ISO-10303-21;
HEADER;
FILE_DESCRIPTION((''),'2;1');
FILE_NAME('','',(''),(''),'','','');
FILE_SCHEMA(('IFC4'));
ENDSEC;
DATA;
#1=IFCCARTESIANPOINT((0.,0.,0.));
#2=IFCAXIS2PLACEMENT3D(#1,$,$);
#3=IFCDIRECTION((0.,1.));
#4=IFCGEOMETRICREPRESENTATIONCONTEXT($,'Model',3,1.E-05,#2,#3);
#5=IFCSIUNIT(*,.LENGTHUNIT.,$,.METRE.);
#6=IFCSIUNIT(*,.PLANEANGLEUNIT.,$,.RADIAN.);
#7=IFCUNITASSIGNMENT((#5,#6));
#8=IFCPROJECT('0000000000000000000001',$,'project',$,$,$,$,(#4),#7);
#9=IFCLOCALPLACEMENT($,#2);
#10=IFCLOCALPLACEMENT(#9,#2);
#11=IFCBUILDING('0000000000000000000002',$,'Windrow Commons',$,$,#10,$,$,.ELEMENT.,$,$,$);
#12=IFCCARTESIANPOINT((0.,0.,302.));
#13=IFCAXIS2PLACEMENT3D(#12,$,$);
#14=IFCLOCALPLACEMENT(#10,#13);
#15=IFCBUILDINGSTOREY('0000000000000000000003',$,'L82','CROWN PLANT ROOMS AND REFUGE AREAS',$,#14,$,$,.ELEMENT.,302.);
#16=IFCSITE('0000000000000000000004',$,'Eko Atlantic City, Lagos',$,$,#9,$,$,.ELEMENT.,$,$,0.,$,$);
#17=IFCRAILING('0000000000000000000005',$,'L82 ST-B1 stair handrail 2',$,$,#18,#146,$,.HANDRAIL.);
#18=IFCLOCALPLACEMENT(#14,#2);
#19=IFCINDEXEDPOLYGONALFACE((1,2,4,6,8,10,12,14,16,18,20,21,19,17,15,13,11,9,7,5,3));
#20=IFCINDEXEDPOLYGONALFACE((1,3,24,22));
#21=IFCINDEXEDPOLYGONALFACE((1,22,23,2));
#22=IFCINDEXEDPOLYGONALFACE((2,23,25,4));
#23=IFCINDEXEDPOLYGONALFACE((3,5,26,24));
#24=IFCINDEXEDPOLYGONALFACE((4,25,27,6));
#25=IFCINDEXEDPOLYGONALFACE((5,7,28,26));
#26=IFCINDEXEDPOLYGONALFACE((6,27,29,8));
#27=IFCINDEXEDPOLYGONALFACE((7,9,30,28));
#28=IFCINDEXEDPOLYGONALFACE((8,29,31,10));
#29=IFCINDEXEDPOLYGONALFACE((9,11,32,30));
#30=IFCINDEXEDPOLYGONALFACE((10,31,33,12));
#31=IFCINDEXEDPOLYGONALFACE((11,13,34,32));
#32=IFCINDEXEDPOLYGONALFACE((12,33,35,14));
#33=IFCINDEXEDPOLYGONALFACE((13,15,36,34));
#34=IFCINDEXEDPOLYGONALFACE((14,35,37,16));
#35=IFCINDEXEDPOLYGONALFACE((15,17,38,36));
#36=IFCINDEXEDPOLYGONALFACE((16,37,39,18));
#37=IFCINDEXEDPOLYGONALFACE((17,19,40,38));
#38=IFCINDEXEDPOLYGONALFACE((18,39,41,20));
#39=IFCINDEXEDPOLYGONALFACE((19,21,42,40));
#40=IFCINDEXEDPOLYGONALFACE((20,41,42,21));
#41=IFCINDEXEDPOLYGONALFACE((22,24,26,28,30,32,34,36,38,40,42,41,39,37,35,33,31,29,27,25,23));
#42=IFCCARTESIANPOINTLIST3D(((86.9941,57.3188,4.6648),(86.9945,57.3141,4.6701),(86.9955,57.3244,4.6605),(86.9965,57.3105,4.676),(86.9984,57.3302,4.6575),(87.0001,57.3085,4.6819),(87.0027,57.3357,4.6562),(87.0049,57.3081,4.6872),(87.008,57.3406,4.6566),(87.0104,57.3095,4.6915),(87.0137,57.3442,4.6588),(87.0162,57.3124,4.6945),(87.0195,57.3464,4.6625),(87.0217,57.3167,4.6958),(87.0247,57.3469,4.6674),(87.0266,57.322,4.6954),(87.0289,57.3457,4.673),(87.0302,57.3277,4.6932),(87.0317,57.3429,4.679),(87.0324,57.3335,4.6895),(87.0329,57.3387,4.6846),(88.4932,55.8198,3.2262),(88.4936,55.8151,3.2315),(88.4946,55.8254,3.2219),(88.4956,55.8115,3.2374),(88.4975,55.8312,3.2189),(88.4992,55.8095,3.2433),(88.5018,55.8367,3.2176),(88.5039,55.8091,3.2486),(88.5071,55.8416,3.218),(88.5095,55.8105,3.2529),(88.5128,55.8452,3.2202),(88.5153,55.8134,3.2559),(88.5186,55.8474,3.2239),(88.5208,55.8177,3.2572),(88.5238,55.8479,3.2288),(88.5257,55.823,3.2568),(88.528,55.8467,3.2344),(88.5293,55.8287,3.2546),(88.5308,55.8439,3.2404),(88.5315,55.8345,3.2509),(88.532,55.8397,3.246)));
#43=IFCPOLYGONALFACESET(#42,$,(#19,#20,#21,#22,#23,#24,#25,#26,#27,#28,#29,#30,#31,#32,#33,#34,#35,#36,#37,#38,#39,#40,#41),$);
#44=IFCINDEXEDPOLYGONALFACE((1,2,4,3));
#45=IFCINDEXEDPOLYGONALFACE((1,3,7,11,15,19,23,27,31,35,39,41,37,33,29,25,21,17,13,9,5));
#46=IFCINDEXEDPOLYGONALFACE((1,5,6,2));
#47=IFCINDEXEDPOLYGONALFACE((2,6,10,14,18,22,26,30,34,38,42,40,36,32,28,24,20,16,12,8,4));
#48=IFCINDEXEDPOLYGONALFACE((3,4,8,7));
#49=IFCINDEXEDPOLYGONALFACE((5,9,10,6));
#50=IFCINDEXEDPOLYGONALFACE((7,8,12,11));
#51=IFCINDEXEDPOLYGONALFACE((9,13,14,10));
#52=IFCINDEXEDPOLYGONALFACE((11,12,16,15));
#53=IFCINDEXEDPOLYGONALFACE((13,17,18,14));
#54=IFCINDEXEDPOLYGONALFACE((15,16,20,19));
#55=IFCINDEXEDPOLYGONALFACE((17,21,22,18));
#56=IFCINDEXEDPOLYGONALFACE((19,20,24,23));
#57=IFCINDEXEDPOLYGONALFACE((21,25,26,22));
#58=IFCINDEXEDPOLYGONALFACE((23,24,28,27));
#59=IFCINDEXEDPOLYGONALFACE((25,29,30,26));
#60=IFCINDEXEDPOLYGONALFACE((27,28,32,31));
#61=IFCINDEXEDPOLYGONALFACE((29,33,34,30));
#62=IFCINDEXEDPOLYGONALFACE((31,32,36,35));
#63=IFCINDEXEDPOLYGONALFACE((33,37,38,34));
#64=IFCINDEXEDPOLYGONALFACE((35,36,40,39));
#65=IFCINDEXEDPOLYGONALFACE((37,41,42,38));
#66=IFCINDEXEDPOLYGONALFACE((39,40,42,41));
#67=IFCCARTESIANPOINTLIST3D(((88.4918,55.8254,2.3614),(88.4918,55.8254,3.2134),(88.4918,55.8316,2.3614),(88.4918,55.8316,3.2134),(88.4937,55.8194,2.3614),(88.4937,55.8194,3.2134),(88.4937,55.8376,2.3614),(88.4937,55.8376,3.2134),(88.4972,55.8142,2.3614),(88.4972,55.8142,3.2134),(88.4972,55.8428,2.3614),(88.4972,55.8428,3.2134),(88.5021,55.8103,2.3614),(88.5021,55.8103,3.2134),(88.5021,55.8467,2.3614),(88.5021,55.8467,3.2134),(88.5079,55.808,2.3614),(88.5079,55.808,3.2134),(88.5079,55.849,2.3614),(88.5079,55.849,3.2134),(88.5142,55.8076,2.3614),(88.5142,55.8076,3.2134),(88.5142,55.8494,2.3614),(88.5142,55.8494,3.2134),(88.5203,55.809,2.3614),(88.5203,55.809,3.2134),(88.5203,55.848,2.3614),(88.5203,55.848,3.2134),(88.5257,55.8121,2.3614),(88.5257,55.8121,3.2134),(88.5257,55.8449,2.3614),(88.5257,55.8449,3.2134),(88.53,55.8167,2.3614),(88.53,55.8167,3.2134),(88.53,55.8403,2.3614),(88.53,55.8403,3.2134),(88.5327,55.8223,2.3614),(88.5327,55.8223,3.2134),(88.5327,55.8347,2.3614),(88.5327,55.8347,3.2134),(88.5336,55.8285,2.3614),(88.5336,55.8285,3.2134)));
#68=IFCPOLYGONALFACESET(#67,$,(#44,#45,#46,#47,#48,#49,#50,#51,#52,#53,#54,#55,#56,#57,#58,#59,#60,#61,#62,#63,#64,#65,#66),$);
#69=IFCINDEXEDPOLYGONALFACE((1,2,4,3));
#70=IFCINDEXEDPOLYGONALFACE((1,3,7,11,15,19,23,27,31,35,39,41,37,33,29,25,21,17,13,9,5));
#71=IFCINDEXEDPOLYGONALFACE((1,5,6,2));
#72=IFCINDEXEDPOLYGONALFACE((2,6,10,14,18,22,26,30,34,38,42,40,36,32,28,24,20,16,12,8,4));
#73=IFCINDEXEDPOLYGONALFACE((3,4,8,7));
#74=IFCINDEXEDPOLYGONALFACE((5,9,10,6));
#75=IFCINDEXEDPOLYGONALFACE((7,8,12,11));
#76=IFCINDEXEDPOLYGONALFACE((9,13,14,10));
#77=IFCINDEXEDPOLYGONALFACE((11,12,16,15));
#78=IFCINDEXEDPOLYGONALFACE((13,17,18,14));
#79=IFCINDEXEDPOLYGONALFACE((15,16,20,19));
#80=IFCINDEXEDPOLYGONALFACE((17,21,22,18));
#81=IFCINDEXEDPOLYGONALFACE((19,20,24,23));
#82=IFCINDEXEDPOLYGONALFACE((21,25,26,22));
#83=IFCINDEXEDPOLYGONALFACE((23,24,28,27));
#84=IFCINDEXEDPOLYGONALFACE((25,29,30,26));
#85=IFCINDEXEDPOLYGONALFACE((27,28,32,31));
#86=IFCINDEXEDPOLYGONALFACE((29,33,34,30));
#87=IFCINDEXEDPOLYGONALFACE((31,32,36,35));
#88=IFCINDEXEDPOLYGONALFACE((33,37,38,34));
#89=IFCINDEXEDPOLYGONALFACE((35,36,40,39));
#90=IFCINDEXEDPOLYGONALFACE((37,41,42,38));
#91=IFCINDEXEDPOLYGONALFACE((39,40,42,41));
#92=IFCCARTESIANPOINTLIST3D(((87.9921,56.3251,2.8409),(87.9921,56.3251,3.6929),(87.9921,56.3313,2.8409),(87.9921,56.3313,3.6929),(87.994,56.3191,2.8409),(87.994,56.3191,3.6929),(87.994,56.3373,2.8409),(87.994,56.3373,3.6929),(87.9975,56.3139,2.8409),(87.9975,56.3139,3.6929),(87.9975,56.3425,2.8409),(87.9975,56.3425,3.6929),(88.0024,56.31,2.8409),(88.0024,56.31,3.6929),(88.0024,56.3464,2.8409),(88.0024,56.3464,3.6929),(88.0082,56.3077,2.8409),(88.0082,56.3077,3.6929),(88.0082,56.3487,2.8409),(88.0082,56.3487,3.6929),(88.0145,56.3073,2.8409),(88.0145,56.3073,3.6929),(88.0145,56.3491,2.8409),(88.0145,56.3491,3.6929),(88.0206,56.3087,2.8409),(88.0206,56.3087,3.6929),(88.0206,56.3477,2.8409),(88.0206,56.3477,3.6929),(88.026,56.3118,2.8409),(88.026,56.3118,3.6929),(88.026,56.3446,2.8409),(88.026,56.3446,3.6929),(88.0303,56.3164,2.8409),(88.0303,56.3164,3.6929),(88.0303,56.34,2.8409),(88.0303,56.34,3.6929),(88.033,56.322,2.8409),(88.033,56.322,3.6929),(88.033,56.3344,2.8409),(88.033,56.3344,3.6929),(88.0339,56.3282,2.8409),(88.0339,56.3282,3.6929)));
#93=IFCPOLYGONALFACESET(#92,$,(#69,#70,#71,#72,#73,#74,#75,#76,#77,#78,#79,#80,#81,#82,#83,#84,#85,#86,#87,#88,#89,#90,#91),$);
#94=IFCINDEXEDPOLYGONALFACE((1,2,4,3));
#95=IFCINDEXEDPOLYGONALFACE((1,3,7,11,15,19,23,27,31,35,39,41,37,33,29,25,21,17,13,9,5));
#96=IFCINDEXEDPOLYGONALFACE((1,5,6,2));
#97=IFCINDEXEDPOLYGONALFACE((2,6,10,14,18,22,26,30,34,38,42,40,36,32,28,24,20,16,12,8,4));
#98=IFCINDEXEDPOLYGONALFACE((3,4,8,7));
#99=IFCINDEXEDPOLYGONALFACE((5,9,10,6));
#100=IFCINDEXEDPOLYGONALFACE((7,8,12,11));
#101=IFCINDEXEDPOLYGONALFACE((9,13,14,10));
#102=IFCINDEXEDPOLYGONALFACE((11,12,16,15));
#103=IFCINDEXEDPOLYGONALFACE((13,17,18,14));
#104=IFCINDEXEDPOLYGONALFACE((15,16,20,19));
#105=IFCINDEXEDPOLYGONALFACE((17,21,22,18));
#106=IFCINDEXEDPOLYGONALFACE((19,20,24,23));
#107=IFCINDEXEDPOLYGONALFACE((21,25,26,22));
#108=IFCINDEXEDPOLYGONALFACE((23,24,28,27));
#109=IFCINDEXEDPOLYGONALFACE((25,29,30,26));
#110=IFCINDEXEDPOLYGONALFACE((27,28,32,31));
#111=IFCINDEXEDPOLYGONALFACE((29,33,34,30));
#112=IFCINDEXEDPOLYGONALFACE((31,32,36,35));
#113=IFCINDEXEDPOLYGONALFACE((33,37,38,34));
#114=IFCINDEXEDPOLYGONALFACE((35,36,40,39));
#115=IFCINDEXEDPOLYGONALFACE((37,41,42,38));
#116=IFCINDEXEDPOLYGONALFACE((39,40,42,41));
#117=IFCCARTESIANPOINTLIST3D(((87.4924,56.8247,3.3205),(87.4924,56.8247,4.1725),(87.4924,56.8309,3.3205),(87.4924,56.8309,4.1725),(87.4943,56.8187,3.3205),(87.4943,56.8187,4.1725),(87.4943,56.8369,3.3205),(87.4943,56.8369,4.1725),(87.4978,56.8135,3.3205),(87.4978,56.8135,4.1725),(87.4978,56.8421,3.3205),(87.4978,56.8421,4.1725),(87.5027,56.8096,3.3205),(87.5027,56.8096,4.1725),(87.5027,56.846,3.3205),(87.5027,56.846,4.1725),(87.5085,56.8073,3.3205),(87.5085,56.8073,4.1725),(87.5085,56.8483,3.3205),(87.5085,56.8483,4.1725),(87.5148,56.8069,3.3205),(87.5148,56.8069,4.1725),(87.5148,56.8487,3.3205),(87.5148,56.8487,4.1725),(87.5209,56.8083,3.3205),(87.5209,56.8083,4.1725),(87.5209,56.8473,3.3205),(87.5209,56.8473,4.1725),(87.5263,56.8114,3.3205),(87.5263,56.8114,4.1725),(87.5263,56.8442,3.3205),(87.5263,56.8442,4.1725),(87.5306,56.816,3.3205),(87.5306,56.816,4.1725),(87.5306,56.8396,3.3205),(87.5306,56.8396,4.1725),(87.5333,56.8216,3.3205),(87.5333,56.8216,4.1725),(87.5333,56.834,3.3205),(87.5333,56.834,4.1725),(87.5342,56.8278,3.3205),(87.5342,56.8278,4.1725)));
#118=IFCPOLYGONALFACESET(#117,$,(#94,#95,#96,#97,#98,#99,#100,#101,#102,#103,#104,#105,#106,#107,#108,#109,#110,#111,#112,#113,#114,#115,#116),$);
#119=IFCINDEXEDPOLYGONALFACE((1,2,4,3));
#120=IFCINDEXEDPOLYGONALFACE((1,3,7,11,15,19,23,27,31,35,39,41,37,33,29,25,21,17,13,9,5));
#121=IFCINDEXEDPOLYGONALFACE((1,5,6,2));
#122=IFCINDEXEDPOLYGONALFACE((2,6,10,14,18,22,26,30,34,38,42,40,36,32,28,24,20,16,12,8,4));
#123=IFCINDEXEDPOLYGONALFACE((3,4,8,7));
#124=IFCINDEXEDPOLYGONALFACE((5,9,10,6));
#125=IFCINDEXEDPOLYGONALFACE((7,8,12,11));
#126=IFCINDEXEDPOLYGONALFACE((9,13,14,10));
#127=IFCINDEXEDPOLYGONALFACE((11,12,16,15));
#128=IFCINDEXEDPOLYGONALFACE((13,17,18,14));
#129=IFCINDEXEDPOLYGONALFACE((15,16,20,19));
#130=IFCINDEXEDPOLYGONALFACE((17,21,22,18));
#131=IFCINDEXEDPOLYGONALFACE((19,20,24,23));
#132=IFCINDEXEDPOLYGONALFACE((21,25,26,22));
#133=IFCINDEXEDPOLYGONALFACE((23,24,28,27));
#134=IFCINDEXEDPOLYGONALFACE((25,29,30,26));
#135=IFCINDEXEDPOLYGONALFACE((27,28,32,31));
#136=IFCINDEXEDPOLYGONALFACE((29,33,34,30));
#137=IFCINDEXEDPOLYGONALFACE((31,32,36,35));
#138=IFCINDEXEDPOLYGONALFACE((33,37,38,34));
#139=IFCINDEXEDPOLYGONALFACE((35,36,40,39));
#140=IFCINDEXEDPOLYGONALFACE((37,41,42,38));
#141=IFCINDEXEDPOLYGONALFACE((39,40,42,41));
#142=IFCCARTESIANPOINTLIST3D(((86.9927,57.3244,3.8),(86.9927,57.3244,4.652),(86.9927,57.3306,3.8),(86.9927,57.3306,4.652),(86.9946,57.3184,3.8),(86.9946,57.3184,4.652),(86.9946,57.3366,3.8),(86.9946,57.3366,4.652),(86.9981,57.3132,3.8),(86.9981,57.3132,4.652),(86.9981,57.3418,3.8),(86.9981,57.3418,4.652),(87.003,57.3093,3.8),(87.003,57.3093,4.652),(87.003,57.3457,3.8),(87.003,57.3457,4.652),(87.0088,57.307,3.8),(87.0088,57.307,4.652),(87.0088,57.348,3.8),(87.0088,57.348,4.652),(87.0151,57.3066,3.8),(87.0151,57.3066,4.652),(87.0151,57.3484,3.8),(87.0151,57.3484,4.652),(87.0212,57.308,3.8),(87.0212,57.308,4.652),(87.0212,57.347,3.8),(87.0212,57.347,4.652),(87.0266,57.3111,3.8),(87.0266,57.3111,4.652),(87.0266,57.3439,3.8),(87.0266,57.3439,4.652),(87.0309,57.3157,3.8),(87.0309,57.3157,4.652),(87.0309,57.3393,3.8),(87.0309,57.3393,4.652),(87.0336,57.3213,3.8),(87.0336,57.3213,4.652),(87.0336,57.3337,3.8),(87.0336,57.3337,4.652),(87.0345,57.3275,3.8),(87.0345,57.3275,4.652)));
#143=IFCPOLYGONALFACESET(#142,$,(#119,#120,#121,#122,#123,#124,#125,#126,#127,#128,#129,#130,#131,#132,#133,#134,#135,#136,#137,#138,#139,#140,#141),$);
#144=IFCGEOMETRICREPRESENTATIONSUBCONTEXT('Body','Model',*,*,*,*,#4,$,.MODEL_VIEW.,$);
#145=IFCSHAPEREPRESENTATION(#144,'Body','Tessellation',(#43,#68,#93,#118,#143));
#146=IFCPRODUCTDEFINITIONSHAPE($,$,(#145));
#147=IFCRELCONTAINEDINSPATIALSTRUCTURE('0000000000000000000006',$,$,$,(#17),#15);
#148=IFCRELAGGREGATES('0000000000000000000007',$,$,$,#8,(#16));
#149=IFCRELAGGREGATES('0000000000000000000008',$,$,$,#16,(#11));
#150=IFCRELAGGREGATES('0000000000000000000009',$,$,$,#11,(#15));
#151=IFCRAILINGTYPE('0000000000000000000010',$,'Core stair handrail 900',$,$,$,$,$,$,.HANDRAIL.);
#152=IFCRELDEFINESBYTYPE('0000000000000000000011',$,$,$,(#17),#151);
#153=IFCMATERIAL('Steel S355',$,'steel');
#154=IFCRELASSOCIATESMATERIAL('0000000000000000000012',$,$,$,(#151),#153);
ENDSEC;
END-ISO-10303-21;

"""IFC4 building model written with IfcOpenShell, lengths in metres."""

from ifc_helpers import new_model, si_unit, direction, frame, origin, origin_2d, place, context, subcontext, project, spatial, circle, extrude, material, type_object, element, save


model = new_model("IFC4")

# Units and contexts
model_context = context("Model", 3, precision=1e-05, world=origin(), true_north=direction((0.0, 1.0)))
body_context = subcontext(model_context, "Body", "Model", "MODEL_VIEW")
ifc_project = project(units=[si_unit("LENGTHUNIT", "METRE"), si_unit("PLANEANGLEUNIT", "RADIAN")], contexts=[model_context])

# Site, building, storey
site_placement = place(None, origin())
site = spatial("IfcSite", under=ifc_project, at=site_placement, Name="Eko Atlantic City, Lagos", CompositionType="ELEMENT", RefElevation=0.0)
building_placement = place(site_placement, origin())
building = spatial("IfcBuilding", under=site, at=building_placement, Name="Windrow Commons", CompositionType="ELEMENT")
storey_placement = place(building_placement, frame((0.0, 0.0, 302.0)))
storey = spatial("IfcBuildingStorey", under=building, at=storey_placement, Name="L82", Description="CROWN PLANT ROOMS AND REFUGE AREAS", CompositionType="ELEMENT", Elevation=302.0)

# Railing
ifc_material_1 = material(Name="Steel S355", Category="steel")
railing_type_1 = type_object("IfcRailingType", Name="Core stair handrail 900", PredefinedType="HANDRAIL", material=ifc_material_1)
railing_1_placement = place(storey_placement, frame((88.5126, 55.8285, 2.3614)))
element("IfcRailing", 1, at=railing_1_placement, inside=storey, type_object=railing_type_1, Name="L82 ST-B1 stair handrail 2", PredefinedType="HANDRAIL", context=body_context, shape_type="SweptSolid", body=[
    extrude(circle(Radius=0.024, at=origin_2d()), frame((0.0, 0.0, 0.876), z_axis=(-0.585128, 0.585089, 0.561513), x_axis=(-0.707083, -0.70713, 0.0)), (0.0, 0.0, 1.0), 2.562),
    extrude(circle(Radius=0.021, at=origin_2d()), origin(), (0.0, 0.0, 1.0), 0.852),
    extrude(circle(Radius=0.021, at=origin_2d()), frame((-0.4997, 0.4997, 0.4795)), (0.0, 0.0, 1.0), 0.852),
    extrude(circle(Radius=0.021, at=origin_2d()), frame((-0.9994, 0.9993, 0.9591)), (0.0, 0.0, 1.0), 0.852),
    extrude(circle(Radius=0.021, at=origin_2d()), frame((-1.4991, 1.499, 1.4386)), (0.0, 0.0, 1.0), 0.852),
])

save(model, "model.ifc")
